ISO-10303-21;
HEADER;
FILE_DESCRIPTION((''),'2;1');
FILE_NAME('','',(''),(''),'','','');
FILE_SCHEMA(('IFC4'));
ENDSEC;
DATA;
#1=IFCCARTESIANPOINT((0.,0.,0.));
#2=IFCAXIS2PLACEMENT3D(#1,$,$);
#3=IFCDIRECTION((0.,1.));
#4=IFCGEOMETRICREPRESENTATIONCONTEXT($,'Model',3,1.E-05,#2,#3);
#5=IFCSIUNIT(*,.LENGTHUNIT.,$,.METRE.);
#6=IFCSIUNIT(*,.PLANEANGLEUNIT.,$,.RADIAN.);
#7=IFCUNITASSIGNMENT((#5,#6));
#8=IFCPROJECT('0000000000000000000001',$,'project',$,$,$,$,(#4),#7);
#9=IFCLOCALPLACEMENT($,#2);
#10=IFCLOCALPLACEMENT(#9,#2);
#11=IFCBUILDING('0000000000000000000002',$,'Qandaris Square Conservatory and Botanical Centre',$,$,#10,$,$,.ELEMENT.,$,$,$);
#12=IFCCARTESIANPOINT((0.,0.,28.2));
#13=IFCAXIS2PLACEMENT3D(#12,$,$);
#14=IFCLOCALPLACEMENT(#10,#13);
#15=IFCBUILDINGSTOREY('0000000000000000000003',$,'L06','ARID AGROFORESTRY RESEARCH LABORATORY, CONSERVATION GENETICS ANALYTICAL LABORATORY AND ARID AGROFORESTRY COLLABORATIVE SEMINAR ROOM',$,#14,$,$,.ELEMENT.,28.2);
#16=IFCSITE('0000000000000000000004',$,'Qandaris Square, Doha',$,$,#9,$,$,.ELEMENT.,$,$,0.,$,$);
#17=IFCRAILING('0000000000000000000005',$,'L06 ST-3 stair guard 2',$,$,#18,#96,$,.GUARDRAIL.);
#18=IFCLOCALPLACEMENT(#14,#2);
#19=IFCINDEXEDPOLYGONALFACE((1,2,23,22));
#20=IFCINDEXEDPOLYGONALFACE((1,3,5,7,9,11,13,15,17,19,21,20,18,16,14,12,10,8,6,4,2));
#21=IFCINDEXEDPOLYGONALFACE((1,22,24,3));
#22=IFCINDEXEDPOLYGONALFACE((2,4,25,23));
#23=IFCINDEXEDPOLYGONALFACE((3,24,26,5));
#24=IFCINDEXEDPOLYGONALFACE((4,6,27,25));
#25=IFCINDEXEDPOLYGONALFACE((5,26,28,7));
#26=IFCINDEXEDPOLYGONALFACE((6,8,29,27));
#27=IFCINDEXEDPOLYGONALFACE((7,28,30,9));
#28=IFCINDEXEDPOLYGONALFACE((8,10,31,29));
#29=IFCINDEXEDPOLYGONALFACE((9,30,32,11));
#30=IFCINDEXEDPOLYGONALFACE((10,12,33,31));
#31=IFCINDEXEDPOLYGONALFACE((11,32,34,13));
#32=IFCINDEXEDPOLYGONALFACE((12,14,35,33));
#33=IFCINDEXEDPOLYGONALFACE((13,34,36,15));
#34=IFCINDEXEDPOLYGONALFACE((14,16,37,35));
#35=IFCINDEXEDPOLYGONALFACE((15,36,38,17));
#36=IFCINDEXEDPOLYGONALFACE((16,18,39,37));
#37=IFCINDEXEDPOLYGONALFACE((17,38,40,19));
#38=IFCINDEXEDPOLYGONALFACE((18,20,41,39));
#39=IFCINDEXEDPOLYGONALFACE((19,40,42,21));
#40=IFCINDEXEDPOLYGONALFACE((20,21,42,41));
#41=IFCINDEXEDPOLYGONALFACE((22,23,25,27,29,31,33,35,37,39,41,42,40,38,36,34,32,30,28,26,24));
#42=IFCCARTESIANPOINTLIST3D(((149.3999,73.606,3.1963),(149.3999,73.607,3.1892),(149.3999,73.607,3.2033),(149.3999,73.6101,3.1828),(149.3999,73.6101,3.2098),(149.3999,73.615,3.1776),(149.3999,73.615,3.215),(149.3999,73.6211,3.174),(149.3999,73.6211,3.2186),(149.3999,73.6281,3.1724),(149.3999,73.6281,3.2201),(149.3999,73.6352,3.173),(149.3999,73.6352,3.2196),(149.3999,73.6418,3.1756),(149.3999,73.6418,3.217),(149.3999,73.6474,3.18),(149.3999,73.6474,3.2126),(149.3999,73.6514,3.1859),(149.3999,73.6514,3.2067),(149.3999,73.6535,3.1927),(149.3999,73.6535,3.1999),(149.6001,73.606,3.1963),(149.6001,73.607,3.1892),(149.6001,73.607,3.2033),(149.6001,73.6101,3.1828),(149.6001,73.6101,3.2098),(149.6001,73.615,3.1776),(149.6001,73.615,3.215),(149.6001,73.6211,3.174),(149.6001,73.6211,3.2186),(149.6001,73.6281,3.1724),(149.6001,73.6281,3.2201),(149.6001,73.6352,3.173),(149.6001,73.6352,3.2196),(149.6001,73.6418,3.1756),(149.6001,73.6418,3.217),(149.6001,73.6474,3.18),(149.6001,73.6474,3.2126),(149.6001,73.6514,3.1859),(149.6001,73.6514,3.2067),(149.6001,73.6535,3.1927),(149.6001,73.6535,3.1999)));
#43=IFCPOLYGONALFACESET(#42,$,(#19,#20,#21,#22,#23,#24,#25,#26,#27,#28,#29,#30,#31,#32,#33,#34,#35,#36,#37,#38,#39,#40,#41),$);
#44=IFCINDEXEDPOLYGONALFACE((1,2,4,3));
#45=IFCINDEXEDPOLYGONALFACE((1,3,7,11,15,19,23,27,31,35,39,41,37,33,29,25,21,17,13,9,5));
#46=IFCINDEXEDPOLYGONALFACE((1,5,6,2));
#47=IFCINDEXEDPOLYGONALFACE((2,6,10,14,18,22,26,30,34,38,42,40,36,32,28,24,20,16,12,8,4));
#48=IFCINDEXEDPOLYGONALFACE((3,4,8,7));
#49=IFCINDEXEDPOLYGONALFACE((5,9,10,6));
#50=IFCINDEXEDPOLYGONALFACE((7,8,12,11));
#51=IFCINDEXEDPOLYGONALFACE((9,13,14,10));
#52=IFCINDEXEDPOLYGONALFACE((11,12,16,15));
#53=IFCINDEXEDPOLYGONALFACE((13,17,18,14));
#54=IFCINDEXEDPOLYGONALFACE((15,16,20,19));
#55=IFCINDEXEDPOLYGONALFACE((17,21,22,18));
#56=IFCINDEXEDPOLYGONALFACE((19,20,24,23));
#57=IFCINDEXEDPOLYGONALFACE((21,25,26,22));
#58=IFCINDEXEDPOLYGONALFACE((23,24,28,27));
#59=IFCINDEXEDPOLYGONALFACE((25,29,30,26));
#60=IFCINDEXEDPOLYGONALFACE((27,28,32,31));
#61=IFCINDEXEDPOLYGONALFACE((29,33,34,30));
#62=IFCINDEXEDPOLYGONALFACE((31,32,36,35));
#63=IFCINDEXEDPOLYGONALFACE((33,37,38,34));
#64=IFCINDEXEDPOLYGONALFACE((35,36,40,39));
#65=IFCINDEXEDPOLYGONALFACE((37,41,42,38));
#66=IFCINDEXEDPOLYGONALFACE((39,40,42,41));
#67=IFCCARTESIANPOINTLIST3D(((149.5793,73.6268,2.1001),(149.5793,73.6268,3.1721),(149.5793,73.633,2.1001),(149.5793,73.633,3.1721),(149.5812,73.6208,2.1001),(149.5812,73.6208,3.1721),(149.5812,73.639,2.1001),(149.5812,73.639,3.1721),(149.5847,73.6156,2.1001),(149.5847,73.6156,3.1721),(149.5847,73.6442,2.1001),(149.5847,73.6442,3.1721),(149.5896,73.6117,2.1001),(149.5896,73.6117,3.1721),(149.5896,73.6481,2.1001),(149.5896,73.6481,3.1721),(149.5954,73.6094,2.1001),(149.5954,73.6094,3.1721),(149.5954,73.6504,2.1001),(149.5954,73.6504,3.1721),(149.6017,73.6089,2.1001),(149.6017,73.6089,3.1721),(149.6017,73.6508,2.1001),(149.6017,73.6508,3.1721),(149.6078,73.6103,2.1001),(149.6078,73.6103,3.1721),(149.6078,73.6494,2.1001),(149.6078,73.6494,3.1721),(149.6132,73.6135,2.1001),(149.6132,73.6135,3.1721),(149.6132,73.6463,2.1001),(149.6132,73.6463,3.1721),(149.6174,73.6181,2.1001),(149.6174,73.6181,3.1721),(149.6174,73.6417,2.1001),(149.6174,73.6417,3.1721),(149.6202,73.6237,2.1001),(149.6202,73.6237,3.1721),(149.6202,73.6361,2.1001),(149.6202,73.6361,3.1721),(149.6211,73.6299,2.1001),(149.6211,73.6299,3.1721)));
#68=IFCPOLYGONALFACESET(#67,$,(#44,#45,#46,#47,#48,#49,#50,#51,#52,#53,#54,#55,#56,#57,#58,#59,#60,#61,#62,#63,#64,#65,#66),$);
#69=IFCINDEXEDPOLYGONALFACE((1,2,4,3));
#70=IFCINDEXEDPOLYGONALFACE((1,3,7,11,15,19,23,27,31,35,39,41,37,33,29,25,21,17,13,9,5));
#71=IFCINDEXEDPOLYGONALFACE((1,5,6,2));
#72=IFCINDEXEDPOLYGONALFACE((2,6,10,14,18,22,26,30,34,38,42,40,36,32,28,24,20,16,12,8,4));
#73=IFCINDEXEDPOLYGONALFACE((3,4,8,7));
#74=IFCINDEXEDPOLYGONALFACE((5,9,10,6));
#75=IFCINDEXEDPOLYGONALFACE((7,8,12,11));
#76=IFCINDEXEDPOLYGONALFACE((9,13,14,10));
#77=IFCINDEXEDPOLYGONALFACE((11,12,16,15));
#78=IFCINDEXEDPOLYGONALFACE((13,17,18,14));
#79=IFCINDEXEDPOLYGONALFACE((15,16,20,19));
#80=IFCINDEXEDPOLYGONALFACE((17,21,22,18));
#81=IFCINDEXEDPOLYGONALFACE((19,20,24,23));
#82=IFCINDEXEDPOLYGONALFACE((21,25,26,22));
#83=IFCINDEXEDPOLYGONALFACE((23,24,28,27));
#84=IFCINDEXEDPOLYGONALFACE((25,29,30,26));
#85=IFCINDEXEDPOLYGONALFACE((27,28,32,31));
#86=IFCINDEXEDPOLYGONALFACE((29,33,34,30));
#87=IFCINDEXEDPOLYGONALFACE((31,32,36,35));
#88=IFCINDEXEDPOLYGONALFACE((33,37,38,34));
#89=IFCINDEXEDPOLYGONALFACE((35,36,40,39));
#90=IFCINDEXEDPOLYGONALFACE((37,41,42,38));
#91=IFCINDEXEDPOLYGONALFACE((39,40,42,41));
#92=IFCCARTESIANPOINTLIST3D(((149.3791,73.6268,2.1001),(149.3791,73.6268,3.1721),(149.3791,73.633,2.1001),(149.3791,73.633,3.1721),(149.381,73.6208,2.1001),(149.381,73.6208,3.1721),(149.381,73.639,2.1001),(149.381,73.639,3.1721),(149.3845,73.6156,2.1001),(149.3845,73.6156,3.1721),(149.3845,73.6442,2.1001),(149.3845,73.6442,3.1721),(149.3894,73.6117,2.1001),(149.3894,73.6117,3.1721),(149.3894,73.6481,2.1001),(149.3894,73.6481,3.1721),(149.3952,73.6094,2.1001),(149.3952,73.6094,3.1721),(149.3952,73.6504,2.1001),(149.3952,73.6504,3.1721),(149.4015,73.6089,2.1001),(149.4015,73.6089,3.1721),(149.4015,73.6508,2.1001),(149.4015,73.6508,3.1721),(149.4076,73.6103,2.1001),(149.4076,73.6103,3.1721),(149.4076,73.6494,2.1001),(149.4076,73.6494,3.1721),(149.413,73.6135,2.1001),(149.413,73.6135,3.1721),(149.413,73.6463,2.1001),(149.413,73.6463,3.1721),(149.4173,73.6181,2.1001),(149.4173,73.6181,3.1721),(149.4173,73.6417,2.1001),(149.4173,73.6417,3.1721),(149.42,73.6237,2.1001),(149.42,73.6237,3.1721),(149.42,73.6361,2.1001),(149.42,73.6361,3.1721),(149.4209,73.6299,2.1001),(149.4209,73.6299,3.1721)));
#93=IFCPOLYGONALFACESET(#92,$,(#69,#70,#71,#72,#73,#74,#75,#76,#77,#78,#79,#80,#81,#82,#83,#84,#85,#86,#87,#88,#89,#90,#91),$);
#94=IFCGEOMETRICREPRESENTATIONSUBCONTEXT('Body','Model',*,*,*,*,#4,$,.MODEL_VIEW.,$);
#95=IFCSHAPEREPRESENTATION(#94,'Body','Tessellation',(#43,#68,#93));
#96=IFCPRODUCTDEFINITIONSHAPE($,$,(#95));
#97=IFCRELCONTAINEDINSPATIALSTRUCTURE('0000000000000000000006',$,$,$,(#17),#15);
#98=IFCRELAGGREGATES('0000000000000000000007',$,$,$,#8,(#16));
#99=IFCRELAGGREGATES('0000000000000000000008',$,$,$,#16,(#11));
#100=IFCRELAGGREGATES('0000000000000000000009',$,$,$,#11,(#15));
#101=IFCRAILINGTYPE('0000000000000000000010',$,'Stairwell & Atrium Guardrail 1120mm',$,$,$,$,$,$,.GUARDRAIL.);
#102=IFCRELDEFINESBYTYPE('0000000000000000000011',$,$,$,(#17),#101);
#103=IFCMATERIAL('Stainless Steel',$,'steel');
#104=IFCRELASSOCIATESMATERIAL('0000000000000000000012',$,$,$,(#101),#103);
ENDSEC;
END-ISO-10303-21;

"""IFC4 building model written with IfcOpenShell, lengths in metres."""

from ifc_helpers import new_model, si_unit, direction, frame, origin, origin_2d, place, context, subcontext, project, spatial, circle, extrude, material, type_object, element, save


model = new_model("IFC4")

# Units and contexts
model_context = context("Model", 3, precision=1e-05, world=origin(), true_north=direction((0.0, 1.0)))
body_context = subcontext(model_context, "Body", "Model", "MODEL_VIEW")
ifc_project = project(units=[si_unit("LENGTHUNIT", "METRE"), si_unit("PLANEANGLEUNIT", "RADIAN")], contexts=[model_context])

# Site, building, storey
site_placement = place(None, origin())
site = spatial("IfcSite", under=ifc_project, at=site_placement, Name="Qandaris Square, Doha", CompositionType="ELEMENT", RefElevation=0.0)
building_placement = place(site_placement, origin())
building = spatial("IfcBuilding", under=site, at=building_placement, Name="Qandaris Square Conservatory and Botanical Centre", CompositionType="ELEMENT")
storey_placement = place(building_placement, frame((0.0, 0.0, 28.2)))
storey = spatial("IfcBuildingStorey", under=building, at=storey_placement, Name="L06", Description="ARID AGROFORESTRY RESEARCH LABORATORY, CONSERVATION GENETICS ANALYTICAL LABORATORY AND ARID AGROFORESTRY COLLABORATIVE SEMINAR ROOM", CompositionType="ELEMENT", Elevation=28.2)

# Railing
ifc_material_1 = material(Name="Stainless Steel", Category="steel")
railing_type_1 = type_object("IfcRailingType", Name="Stairwell & Atrium Guardrail 1120mm", PredefinedType="GUARDRAIL", material=ifc_material_1)
railing_1_placement = place(storey_placement, frame((149.6001, 73.6299, 2.1001)))
element("IfcRailing", 1, at=railing_1_placement, inside=storey, type_object=railing_type_1, Name="L06 ST-3 stair guard 2", PredefinedType="GUARDRAIL", context=body_context, shape_type="SweptSolid", body=[
    extrude(circle(Radius=0.0239, at=origin_2d()), frame((0.0, 0.0, 1.0962), z_axis=(-1.0, 0.0, 0.0), x_axis=(0.0, -1.0, 0.0)), (0.0, 0.0, 1.0), 0.2002),
    extrude(circle(Radius=0.021, at=origin_2d()), origin(), (0.0, 0.0, 1.0), 1.072),
    extrude(circle(Radius=0.021, at=origin_2d()), frame((-0.2002, 0.0, 0.0)), (0.0, 0.0, 1.0), 1.072),
])

save(model, "model.ifc")
